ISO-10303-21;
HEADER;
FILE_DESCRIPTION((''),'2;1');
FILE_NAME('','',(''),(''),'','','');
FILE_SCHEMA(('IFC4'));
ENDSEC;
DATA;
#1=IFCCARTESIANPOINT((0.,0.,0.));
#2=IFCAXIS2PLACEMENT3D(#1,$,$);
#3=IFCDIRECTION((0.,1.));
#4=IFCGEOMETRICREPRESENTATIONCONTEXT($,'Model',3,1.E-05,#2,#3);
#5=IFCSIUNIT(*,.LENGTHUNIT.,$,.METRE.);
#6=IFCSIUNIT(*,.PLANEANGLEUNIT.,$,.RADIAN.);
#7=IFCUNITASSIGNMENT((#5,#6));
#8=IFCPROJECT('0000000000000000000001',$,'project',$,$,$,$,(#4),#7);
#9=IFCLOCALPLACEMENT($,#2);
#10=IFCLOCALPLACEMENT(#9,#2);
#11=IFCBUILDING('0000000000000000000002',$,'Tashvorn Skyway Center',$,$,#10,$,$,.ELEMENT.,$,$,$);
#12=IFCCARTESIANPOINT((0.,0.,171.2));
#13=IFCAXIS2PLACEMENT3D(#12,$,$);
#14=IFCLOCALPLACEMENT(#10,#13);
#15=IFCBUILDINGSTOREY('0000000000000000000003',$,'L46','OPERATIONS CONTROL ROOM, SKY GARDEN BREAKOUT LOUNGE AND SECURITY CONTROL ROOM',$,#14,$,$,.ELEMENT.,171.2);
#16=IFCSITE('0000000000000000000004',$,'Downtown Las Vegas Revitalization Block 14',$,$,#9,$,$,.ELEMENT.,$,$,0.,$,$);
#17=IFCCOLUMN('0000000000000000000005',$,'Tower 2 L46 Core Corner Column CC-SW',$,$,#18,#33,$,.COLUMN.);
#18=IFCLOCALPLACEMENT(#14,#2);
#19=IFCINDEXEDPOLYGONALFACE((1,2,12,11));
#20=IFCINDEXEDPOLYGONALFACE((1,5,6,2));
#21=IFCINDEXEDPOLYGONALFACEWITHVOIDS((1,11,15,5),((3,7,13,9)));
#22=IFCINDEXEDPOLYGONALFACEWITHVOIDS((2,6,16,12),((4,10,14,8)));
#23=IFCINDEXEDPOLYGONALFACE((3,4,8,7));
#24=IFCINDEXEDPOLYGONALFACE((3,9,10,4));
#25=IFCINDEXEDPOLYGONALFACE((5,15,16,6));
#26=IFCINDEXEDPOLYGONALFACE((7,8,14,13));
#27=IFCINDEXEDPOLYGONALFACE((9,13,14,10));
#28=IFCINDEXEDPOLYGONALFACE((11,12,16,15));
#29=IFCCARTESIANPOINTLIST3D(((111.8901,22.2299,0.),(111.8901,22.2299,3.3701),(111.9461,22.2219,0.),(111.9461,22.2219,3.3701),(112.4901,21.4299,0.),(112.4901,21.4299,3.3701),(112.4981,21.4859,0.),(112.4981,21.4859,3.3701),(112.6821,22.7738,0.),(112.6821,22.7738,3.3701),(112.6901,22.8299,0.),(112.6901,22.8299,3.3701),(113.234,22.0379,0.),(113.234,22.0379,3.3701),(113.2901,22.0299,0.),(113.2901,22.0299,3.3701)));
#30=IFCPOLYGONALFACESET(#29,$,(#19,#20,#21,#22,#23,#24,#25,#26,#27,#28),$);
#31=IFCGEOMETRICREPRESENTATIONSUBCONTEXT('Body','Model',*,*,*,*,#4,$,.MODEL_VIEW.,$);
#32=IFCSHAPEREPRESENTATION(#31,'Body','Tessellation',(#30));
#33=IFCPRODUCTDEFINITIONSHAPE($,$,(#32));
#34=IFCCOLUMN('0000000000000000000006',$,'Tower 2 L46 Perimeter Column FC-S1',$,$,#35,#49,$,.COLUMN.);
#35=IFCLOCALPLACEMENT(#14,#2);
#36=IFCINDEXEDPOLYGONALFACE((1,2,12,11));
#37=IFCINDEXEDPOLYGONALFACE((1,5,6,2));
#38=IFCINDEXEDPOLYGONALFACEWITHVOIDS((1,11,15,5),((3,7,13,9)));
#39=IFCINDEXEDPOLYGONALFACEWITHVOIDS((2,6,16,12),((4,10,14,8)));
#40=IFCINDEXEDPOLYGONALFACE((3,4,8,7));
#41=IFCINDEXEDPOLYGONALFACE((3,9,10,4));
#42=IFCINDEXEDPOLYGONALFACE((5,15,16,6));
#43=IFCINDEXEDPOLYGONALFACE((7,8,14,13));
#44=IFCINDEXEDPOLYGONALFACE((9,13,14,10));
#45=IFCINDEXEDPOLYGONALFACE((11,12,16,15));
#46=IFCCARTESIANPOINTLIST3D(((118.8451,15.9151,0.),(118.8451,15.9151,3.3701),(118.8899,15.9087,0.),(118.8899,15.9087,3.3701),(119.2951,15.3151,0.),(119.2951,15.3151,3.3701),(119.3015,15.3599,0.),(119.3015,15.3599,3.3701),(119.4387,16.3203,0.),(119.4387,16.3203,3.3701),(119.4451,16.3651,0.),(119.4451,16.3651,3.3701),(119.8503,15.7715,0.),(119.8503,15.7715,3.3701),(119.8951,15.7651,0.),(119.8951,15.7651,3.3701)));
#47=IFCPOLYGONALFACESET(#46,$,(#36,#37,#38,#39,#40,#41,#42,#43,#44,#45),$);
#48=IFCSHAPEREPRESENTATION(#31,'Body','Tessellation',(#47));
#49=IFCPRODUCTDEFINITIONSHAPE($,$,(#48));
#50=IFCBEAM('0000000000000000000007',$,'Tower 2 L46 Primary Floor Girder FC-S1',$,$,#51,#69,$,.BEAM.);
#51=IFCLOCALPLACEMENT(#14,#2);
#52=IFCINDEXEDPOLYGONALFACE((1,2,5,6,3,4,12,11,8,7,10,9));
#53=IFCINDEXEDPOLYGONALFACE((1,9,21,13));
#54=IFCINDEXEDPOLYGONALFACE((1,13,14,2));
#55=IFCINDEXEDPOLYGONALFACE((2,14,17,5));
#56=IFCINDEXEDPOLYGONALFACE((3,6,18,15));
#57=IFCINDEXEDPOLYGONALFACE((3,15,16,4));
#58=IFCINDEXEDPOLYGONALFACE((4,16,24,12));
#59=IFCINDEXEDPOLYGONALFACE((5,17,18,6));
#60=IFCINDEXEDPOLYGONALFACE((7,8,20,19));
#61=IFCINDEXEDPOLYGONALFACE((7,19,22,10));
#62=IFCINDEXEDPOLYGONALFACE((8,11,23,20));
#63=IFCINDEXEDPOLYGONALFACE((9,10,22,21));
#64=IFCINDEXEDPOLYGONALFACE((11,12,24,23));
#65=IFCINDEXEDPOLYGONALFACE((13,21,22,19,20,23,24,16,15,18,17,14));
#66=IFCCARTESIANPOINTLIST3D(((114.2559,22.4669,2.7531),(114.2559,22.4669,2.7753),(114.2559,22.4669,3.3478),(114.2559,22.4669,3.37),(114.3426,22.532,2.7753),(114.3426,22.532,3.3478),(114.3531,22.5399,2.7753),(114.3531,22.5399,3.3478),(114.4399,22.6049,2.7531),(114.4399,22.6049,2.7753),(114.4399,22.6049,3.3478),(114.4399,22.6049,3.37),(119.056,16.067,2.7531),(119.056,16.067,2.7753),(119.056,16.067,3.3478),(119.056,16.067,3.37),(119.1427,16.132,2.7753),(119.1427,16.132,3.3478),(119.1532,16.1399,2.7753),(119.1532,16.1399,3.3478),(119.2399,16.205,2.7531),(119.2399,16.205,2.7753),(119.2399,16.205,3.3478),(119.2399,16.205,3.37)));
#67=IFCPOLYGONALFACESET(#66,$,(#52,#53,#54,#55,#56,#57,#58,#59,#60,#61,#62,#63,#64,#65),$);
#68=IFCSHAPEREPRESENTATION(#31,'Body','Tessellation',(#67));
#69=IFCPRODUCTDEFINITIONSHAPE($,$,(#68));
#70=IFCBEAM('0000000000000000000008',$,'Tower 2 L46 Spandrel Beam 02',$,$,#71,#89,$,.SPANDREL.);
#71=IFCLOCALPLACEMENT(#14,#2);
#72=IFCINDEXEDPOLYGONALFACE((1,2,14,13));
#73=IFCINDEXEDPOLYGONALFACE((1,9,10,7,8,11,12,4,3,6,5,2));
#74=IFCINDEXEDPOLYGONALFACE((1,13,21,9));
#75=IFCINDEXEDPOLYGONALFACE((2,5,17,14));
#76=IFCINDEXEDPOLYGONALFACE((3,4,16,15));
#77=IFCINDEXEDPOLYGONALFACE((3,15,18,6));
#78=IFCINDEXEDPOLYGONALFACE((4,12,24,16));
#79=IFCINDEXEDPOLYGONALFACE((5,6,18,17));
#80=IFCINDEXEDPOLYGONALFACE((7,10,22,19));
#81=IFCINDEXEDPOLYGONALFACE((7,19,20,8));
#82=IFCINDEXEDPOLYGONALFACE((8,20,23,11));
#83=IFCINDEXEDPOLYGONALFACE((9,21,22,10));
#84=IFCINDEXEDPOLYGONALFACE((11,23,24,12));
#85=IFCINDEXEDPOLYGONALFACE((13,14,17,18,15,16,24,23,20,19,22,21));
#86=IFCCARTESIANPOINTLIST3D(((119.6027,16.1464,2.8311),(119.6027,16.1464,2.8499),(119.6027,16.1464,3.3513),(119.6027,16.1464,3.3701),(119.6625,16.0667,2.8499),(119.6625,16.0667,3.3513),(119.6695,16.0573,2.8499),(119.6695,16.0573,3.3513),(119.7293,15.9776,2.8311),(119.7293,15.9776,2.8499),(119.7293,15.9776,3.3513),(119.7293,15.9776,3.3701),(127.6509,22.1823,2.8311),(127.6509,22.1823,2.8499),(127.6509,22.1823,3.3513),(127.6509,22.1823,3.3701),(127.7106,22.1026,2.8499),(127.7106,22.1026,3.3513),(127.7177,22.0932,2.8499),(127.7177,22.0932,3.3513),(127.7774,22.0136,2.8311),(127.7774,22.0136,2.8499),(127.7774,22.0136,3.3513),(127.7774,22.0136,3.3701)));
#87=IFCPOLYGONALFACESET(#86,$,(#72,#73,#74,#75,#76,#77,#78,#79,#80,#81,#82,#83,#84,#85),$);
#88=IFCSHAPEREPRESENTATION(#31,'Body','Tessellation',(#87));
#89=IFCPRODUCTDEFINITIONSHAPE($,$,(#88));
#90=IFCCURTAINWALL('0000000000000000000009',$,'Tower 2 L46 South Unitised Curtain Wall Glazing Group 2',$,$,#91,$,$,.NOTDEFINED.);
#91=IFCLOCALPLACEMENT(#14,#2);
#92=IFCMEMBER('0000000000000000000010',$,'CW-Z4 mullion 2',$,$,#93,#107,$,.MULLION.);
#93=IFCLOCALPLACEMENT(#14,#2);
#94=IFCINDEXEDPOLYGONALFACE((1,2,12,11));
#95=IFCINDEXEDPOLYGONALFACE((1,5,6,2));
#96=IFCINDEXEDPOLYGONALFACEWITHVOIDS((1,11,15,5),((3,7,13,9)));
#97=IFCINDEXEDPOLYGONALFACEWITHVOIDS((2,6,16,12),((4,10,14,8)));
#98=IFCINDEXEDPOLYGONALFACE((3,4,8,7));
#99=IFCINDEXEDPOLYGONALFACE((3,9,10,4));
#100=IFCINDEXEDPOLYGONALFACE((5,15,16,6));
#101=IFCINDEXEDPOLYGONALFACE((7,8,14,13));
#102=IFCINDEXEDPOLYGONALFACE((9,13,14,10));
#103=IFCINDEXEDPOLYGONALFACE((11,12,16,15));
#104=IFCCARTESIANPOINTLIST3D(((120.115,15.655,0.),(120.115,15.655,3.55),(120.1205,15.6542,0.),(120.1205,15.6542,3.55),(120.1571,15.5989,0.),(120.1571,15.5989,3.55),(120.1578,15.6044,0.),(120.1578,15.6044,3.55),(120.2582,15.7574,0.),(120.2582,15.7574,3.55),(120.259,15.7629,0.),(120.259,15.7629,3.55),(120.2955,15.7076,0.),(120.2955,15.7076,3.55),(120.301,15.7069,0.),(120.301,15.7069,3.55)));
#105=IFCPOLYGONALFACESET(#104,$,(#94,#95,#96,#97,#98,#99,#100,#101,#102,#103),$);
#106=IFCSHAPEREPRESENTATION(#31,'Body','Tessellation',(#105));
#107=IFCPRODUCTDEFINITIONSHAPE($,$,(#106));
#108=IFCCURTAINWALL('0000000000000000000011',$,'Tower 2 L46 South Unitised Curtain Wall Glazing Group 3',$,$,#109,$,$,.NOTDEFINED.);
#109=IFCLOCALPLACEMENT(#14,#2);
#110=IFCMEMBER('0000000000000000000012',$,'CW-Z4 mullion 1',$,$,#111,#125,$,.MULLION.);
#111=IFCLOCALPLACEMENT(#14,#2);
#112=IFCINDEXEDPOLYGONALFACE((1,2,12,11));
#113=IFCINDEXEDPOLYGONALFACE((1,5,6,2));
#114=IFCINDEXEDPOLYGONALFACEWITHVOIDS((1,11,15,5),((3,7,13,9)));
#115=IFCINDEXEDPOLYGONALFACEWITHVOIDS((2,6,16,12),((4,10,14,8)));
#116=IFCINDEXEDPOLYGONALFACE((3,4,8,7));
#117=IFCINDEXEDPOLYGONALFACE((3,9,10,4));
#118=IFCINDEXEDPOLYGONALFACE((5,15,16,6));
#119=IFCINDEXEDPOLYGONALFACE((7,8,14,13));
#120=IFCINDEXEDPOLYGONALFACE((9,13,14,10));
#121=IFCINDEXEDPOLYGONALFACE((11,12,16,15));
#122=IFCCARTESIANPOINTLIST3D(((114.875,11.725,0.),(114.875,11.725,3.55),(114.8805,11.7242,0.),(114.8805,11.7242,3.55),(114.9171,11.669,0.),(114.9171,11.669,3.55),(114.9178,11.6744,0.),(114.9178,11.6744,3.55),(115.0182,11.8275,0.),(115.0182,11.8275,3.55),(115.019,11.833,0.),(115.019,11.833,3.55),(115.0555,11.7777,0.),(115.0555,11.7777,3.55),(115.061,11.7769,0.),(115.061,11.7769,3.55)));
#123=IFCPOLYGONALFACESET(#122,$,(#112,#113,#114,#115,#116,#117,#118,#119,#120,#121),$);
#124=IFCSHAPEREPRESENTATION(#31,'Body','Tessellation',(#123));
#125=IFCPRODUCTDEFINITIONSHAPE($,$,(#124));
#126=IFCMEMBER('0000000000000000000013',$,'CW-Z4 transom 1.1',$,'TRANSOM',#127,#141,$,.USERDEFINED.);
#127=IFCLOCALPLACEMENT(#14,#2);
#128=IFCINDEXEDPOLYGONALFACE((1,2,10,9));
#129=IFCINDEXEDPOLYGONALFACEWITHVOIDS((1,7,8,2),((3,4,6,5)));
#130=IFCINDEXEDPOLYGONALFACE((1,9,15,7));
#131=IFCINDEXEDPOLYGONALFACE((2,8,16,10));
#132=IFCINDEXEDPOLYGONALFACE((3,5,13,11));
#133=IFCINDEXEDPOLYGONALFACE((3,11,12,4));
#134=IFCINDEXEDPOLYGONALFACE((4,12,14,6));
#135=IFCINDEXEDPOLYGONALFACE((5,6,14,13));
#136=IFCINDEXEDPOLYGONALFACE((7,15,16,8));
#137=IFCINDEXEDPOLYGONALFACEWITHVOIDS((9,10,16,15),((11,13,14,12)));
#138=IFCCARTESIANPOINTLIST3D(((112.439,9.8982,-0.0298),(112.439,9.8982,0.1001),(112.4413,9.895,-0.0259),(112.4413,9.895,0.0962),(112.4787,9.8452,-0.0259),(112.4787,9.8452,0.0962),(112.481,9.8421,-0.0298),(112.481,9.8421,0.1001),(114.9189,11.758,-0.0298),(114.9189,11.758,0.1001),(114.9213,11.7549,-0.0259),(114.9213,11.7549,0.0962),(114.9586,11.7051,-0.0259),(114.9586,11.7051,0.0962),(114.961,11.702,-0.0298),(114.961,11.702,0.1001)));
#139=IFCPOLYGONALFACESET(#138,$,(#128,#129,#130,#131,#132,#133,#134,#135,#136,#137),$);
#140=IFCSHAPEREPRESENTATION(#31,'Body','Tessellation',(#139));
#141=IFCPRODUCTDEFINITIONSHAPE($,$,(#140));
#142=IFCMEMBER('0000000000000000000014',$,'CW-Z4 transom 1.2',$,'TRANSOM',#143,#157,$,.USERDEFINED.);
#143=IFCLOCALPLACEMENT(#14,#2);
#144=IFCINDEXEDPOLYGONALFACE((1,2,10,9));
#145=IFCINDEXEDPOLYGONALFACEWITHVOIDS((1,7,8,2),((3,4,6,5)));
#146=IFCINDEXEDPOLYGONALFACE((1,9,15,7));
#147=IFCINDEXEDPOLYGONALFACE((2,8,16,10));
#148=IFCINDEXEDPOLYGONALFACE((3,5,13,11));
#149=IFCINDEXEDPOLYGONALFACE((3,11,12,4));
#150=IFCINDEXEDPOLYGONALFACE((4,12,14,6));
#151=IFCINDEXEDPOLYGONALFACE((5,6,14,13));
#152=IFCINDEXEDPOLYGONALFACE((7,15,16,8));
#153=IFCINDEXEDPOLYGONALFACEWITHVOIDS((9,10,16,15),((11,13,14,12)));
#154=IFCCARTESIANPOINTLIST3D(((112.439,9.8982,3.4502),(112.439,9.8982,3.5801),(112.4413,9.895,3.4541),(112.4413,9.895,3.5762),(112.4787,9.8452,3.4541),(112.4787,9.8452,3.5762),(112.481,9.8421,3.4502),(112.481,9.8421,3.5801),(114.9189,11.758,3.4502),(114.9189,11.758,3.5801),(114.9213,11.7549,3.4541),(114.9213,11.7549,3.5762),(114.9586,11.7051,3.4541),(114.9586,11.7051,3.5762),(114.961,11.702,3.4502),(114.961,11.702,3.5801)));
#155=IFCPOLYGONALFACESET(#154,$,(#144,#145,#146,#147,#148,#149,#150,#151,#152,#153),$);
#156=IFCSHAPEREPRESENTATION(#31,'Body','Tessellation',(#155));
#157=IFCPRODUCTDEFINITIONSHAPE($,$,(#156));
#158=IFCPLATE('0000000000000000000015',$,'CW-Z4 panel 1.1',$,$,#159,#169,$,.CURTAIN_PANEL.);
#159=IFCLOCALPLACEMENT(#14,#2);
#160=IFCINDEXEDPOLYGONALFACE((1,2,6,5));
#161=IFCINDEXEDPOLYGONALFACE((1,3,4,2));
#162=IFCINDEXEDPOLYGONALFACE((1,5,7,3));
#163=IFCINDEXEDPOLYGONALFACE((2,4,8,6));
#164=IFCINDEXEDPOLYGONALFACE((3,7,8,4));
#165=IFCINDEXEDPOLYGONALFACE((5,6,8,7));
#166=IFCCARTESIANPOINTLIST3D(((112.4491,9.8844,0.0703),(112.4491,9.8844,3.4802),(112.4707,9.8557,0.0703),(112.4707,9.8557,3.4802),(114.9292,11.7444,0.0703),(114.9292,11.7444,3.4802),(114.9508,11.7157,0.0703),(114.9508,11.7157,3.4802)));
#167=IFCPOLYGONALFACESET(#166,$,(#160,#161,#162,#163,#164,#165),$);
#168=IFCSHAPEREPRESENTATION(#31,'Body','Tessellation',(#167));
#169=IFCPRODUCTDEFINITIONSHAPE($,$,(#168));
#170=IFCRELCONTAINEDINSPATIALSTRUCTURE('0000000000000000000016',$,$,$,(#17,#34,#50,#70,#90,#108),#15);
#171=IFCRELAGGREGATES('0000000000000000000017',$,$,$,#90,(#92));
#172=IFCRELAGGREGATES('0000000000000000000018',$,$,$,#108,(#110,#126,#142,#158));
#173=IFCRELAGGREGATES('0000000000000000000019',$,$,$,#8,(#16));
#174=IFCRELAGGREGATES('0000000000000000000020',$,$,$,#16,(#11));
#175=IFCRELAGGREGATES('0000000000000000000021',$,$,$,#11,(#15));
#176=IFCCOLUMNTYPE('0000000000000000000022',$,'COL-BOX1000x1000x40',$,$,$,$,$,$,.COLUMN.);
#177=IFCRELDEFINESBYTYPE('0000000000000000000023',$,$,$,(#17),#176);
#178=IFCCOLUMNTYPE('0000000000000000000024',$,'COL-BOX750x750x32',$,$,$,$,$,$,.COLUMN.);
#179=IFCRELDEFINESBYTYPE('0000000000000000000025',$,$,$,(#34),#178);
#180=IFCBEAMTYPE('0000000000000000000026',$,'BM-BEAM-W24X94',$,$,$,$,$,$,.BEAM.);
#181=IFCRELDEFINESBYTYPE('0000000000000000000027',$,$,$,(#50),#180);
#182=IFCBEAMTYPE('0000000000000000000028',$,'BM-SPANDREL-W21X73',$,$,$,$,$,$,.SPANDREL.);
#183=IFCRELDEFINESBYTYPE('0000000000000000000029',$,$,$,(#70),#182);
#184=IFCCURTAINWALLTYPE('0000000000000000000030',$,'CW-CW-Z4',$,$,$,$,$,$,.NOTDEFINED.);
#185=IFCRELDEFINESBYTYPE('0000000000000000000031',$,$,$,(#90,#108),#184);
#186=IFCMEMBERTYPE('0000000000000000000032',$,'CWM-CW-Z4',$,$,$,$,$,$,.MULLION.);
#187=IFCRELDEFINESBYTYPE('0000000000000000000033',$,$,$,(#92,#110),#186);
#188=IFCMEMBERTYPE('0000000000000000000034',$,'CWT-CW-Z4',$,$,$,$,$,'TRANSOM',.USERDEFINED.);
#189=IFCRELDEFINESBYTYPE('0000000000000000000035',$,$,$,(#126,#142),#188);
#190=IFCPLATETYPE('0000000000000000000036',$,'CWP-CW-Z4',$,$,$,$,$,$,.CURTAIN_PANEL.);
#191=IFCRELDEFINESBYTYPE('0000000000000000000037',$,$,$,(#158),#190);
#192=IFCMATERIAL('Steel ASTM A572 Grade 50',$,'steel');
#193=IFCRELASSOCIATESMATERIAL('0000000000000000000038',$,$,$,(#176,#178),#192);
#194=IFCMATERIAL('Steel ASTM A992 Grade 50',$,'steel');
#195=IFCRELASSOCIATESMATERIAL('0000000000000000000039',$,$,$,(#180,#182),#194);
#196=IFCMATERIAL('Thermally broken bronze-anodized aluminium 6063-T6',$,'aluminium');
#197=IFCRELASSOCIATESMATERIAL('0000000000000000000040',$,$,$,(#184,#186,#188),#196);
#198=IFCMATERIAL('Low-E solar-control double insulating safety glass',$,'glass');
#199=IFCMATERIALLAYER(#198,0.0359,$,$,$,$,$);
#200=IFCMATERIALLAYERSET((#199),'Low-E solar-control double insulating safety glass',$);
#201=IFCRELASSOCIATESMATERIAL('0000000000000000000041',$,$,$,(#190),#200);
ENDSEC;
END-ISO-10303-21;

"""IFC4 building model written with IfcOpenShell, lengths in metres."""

from ifc_helpers import new_model, si_unit, direction, frame, origin, origin_2d, place, context, subcontext, project, spatial, rectangle, hollow_rectangle, i_section, extrude, material, layer, layer_set, material_profile, profile_set, type_object, element, aggregate, save


model = new_model("IFC4")

# Units and contexts
model_context = context("Model", 3, precision=1e-05, world=origin(), true_north=direction((0.0, 1.0)))
body_context = subcontext(model_context, "Body", "Model", "MODEL_VIEW")
ifc_project = project(units=[si_unit("LENGTHUNIT", "METRE"), si_unit("PLANEANGLEUNIT", "RADIAN")], contexts=[model_context])

# Site, building, storey
site_placement = place(None, origin())
site = spatial("IfcSite", under=ifc_project, at=site_placement, Name="Downtown Las Vegas Revitalization Block 14", CompositionType="ELEMENT", RefElevation=0.0)
building_placement = place(site_placement, origin())
building = spatial("IfcBuilding", under=site, at=building_placement, Name="Tashvorn Skyway Center", CompositionType="ELEMENT")
storey_placement = place(building_placement, frame((0.0, 0.0, 171.2)))
storey = spatial("IfcBuildingStorey", under=building, at=storey_placement, Name="L46", Description="OPERATIONS CONTROL ROOM, SKY GARDEN BREAKOUT LOUNGE AND SECURITY CONTROL ROOM", CompositionType="ELEMENT", Elevation=171.2)

# Columns
ifc_material_1 = material(Name="Steel ASTM A572 Grade 50", Category="steel")
ifc_material_profile_1 = material_profile(ifc_material_1, hollow_rectangle(XDim=1.0, YDim=1.0, WallThickness=0.04, at=origin_2d()), Name="BOX1000x1000x40")
ifc_profile_set_1 = profile_set([ifc_material_profile_1], Name="Steel ASTM A572 Grade 50")
column_type_1 = type_object("IfcColumnType", Name="COL-BOX1000x1000x40", PredefinedType="COLUMN", material=ifc_profile_set_1)
column_1_placement = place(storey_placement, frame((112.5901, 22.1299, 0.0), z_axis=(0.0, 0.0, 1.0), x_axis=(0.8, 0.6, 0.0)))
element("IfcColumn", 1, at=column_1_placement, inside=storey, type_object=column_type_1, Name="Tower 2 L46 Core Corner Column CC-SW", PredefinedType="COLUMN", context=body_context, shape_type="SweptSolid", body=[
    extrude(hollow_rectangle(XDim=1.0, YDim=1.0, WallThickness=0.04, at=origin_2d()), origin(), (0.0, 0.0, 1.0), 3.3701),
])
ifc_material_profile_2 = material_profile(ifc_material_1, hollow_rectangle(XDim=0.75, YDim=0.75, WallThickness=0.032, at=origin_2d()), Name="BOX750x750x32")
ifc_profile_set_2 = profile_set([ifc_material_profile_2], Name="Steel ASTM A572 Grade 50")
column_type_2 = type_object("IfcColumnType", Name="COL-BOX750x750x32", PredefinedType="COLUMN", material=ifc_profile_set_2)
column_2_placement = place(storey_placement, frame((119.3701, 15.8401, 0.0), z_axis=(0.0, 0.0, 1.0), x_axis=(0.8, 0.6, 0.0)))
element("IfcColumn", 2, at=column_2_placement, inside=storey, type_object=column_type_2, Name="Tower 2 L46 Perimeter Column FC-S1", PredefinedType="COLUMN", context=body_context, shape_type="SweptSolid", body=[
    extrude(hollow_rectangle(XDim=0.75, YDim=0.75, WallThickness=0.032, at=origin_2d()), origin(), (0.0, 0.0, 1.0), 3.3701),
])

# Beams
ifc_material_2 = material(Name="Steel ASTM A992 Grade 50", Category="steel")
ifc_material_profile_3 = material_profile(ifc_material_2, i_section(OverallWidth=0.23, OverallDepth=0.6169, WebThickness=0.0132, FlangeThickness=0.0222, at=origin_2d()), Name="W24X94")
ifc_profile_set_3 = profile_set([ifc_material_profile_3], Name="Steel ASTM A992 Grade 50")
beam_type_1 = type_object("IfcBeamType", Name="BM-BEAM-W24X94", PredefinedType="BEAM", material=ifc_profile_set_3)
beam_1_placement = place(storey_placement, frame((119.1479, 16.136, 3.0615), z_axis=(-0.60001, 0.799993, 0.0), x_axis=(-0.799993, -0.60001, 0.0)))
element("IfcBeam", 3, at=beam_1_placement, inside=storey, type_object=beam_type_1, Name="Tower 2 L46 Primary Floor Girder FC-S1", PredefinedType="BEAM", context=body_context, shape_type="SweptSolid", body=[
    extrude(i_section(OverallWidth=0.23, OverallDepth=0.6169, WebThickness=0.0132, FlangeThickness=0.0222, at=origin_2d()), origin(), (0.0, 0.0, 1.0), 8.0),
])
ifc_material_profile_4 = material_profile(ifc_material_2, i_section(OverallWidth=0.2109, OverallDepth=0.5391, WebThickness=0.0117, FlangeThickness=0.0188, at=origin_2d()), Name="W21X73")
ifc_profile_set_4 = profile_set([ifc_material_profile_4], Name="Steel ASTM A992 Grade 50")
beam_type_2 = type_object("IfcBeamType", Name="BM-SPANDREL-W21X73", PredefinedType="SPANDREL", material=ifc_profile_set_4)
beam_2_placement = place(storey_placement, frame((119.666, 16.062, 3.1006), z_axis=(0.800009, 0.599988, 0.0), x_axis=(-0.599988, 0.800009, 0.0)))
element("IfcBeam", 4, at=beam_2_placement, inside=storey, type_object=beam_type_2, Name="Tower 2 L46 Spandrel Beam 02", PredefinedType="SPANDREL", context=body_context, shape_type="SweptSolid", body=[
    extrude(i_section(OverallWidth=0.2109, OverallDepth=0.5391, WebThickness=0.0117, FlangeThickness=0.0188, at=origin_2d()), origin(), (0.0, 0.0, 1.0), 10.0601),
])

# Curtain wall, member
ifc_material_3 = material(Name="Thermally broken bronze-anodized aluminium 6063-T6", Category="aluminium")
curtain_wall_type = type_object("IfcCurtainWallType", Name="CW-CW-Z4", PredefinedType="NOTDEFINED", material=ifc_material_3)
curtain_wall_1_placement = place(storey_placement, origin())
curtain_wall_1 = element("IfcCurtainWall", 5, at=curtain_wall_1_placement, inside=storey, type_object=curtain_wall_type, Name="Tower 2 L46 South Unitised Curtain Wall Glazing Group 2", PredefinedType="NOTDEFINED")
ifc_material_profile_5 = material_profile(ifc_material_3, hollow_rectangle(XDim=0.0701, YDim=0.1799, WallThickness=0.0039, at=origin_2d()), Name="ALU-MULL-70x180")
ifc_profile_set_5 = profile_set([ifc_material_profile_5], Name="Thermally broken bronze-anodized aluminium 6063-T6")
member_type_1 = type_object("IfcMemberType", Name="CWM-CW-Z4", PredefinedType="MULLION", material=ifc_profile_set_5)
member_1_placement = place(storey_placement, frame((120.208, 15.6809, 0.0), z_axis=(0.0, 0.0, 1.0), x_axis=(0.6, -0.8, 0.0)))
member_1 = element("IfcMember", 6, at=member_1_placement, type_object=member_type_1, Name="CW-Z4 mullion 2", PredefinedType="MULLION", context=body_context, shape_type="SweptSolid", body=[
    extrude(hollow_rectangle(XDim=0.0701, YDim=0.1799, WallThickness=0.0039, at=origin_2d()), origin(), (0.0, 0.0, 1.0), 3.55),
])
aggregate(curtain_wall_1, [member_1])

# Curtain wall, members, plate
curtain_wall_2_placement = place(storey_placement, origin())
curtain_wall_2 = element("IfcCurtainWall", 7, at=curtain_wall_2_placement, inside=storey, type_object=curtain_wall_type, Name="Tower 2 L46 South Unitised Curtain Wall Glazing Group 3", PredefinedType="NOTDEFINED")
member_2_placement = place(storey_placement, frame((114.968, 11.751, 0.0), z_axis=(0.0, 0.0, 1.0), x_axis=(0.6, -0.8, 0.0)))
member_2 = element("IfcMember", 8, at=member_2_placement, type_object=member_type_1, Name="CW-Z4 mullion 1", PredefinedType="MULLION", context=body_context, shape_type="SweptSolid", body=[
    extrude(hollow_rectangle(XDim=0.0701, YDim=0.1799, WallThickness=0.0039, at=origin_2d()), origin(), (0.0, 0.0, 1.0), 3.55),
])
ifc_material_profile_6 = material_profile(ifc_material_3, hollow_rectangle(XDim=0.0701, YDim=0.1299, WallThickness=0.0039, at=origin_2d()), Name="ALU-TRAN-70x130")
ifc_profile_set_6 = profile_set([ifc_material_profile_6], Name="Thermally broken bronze-anodized aluminium 6063-T6")
member_type_2 = type_object("IfcMemberType", Name="CWT-CW-Z4", ElementType="TRANSOM", PredefinedType="USERDEFINED", material=ifc_profile_set_6)
member_3_placement = place(storey_placement, frame((114.9399, 11.73, 0.0352), z_axis=(-0.800019, -0.599975, 0.0), x_axis=(0.599975, -0.800019, 0.0)))
member_3 = element("IfcMember", 9, at=member_3_placement, type_object=member_type_2, Name="CW-Z4 transom 1.1", ObjectType="TRANSOM", PredefinedType="USERDEFINED", context=body_context, shape_type="SweptSolid", body=[
    extrude(hollow_rectangle(XDim=0.0701, YDim=0.1299, WallThickness=0.0039, at=origin_2d()), origin(), (0.0, 0.0, 1.0), 3.0999),
])
member_4_placement = place(storey_placement, frame((114.9399, 11.73, 3.5151), z_axis=(-0.800019, -0.599975, 0.0), x_axis=(0.599975, -0.800019, 0.0)))
member_4 = element("IfcMember", 10, at=member_4_placement, type_object=member_type_2, Name="CW-Z4 transom 1.2", ObjectType="TRANSOM", PredefinedType="USERDEFINED", context=body_context, shape_type="SweptSolid", body=[
    extrude(hollow_rectangle(XDim=0.0701, YDim=0.1299, WallThickness=0.0039, at=origin_2d()), origin(), (0.0, 0.0, 1.0), 3.0999),
])
ifc_material_4 = material(Name="Low-E solar-control double insulating safety glass", Category="glass")
ifc_layer_1 = layer(ifc_material_4, 0.0359)
ifc_layer_set_1 = layer_set([ifc_layer_1], Name="Low-E solar-control double insulating safety glass")
plate_type = type_object("IfcPlateType", Name="CWP-CW-Z4", PredefinedType="CURTAIN_PANEL", material=ifc_layer_set_1)
plate_placement = place(storey_placement, frame((113.7, 10.8, 0.0703), z_axis=(0.0, 0.0, 1.0), x_axis=(-0.8, -0.6, 0.0)))
plate = element("IfcPlate", 11, at=plate_placement, type_object=plate_type, Name="CW-Z4 panel 1.1", PredefinedType="CURTAIN_PANEL", context=body_context, shape_type="SweptSolid", body=[
    extrude(rectangle(XDim=3.1001, YDim=0.0359, at=origin_2d()), origin(), (0.0, 0.0, 1.0), 3.4099),
])
aggregate(curtain_wall_2, [member_2, member_3, member_4, plate])

save(model, "model.ifc")
